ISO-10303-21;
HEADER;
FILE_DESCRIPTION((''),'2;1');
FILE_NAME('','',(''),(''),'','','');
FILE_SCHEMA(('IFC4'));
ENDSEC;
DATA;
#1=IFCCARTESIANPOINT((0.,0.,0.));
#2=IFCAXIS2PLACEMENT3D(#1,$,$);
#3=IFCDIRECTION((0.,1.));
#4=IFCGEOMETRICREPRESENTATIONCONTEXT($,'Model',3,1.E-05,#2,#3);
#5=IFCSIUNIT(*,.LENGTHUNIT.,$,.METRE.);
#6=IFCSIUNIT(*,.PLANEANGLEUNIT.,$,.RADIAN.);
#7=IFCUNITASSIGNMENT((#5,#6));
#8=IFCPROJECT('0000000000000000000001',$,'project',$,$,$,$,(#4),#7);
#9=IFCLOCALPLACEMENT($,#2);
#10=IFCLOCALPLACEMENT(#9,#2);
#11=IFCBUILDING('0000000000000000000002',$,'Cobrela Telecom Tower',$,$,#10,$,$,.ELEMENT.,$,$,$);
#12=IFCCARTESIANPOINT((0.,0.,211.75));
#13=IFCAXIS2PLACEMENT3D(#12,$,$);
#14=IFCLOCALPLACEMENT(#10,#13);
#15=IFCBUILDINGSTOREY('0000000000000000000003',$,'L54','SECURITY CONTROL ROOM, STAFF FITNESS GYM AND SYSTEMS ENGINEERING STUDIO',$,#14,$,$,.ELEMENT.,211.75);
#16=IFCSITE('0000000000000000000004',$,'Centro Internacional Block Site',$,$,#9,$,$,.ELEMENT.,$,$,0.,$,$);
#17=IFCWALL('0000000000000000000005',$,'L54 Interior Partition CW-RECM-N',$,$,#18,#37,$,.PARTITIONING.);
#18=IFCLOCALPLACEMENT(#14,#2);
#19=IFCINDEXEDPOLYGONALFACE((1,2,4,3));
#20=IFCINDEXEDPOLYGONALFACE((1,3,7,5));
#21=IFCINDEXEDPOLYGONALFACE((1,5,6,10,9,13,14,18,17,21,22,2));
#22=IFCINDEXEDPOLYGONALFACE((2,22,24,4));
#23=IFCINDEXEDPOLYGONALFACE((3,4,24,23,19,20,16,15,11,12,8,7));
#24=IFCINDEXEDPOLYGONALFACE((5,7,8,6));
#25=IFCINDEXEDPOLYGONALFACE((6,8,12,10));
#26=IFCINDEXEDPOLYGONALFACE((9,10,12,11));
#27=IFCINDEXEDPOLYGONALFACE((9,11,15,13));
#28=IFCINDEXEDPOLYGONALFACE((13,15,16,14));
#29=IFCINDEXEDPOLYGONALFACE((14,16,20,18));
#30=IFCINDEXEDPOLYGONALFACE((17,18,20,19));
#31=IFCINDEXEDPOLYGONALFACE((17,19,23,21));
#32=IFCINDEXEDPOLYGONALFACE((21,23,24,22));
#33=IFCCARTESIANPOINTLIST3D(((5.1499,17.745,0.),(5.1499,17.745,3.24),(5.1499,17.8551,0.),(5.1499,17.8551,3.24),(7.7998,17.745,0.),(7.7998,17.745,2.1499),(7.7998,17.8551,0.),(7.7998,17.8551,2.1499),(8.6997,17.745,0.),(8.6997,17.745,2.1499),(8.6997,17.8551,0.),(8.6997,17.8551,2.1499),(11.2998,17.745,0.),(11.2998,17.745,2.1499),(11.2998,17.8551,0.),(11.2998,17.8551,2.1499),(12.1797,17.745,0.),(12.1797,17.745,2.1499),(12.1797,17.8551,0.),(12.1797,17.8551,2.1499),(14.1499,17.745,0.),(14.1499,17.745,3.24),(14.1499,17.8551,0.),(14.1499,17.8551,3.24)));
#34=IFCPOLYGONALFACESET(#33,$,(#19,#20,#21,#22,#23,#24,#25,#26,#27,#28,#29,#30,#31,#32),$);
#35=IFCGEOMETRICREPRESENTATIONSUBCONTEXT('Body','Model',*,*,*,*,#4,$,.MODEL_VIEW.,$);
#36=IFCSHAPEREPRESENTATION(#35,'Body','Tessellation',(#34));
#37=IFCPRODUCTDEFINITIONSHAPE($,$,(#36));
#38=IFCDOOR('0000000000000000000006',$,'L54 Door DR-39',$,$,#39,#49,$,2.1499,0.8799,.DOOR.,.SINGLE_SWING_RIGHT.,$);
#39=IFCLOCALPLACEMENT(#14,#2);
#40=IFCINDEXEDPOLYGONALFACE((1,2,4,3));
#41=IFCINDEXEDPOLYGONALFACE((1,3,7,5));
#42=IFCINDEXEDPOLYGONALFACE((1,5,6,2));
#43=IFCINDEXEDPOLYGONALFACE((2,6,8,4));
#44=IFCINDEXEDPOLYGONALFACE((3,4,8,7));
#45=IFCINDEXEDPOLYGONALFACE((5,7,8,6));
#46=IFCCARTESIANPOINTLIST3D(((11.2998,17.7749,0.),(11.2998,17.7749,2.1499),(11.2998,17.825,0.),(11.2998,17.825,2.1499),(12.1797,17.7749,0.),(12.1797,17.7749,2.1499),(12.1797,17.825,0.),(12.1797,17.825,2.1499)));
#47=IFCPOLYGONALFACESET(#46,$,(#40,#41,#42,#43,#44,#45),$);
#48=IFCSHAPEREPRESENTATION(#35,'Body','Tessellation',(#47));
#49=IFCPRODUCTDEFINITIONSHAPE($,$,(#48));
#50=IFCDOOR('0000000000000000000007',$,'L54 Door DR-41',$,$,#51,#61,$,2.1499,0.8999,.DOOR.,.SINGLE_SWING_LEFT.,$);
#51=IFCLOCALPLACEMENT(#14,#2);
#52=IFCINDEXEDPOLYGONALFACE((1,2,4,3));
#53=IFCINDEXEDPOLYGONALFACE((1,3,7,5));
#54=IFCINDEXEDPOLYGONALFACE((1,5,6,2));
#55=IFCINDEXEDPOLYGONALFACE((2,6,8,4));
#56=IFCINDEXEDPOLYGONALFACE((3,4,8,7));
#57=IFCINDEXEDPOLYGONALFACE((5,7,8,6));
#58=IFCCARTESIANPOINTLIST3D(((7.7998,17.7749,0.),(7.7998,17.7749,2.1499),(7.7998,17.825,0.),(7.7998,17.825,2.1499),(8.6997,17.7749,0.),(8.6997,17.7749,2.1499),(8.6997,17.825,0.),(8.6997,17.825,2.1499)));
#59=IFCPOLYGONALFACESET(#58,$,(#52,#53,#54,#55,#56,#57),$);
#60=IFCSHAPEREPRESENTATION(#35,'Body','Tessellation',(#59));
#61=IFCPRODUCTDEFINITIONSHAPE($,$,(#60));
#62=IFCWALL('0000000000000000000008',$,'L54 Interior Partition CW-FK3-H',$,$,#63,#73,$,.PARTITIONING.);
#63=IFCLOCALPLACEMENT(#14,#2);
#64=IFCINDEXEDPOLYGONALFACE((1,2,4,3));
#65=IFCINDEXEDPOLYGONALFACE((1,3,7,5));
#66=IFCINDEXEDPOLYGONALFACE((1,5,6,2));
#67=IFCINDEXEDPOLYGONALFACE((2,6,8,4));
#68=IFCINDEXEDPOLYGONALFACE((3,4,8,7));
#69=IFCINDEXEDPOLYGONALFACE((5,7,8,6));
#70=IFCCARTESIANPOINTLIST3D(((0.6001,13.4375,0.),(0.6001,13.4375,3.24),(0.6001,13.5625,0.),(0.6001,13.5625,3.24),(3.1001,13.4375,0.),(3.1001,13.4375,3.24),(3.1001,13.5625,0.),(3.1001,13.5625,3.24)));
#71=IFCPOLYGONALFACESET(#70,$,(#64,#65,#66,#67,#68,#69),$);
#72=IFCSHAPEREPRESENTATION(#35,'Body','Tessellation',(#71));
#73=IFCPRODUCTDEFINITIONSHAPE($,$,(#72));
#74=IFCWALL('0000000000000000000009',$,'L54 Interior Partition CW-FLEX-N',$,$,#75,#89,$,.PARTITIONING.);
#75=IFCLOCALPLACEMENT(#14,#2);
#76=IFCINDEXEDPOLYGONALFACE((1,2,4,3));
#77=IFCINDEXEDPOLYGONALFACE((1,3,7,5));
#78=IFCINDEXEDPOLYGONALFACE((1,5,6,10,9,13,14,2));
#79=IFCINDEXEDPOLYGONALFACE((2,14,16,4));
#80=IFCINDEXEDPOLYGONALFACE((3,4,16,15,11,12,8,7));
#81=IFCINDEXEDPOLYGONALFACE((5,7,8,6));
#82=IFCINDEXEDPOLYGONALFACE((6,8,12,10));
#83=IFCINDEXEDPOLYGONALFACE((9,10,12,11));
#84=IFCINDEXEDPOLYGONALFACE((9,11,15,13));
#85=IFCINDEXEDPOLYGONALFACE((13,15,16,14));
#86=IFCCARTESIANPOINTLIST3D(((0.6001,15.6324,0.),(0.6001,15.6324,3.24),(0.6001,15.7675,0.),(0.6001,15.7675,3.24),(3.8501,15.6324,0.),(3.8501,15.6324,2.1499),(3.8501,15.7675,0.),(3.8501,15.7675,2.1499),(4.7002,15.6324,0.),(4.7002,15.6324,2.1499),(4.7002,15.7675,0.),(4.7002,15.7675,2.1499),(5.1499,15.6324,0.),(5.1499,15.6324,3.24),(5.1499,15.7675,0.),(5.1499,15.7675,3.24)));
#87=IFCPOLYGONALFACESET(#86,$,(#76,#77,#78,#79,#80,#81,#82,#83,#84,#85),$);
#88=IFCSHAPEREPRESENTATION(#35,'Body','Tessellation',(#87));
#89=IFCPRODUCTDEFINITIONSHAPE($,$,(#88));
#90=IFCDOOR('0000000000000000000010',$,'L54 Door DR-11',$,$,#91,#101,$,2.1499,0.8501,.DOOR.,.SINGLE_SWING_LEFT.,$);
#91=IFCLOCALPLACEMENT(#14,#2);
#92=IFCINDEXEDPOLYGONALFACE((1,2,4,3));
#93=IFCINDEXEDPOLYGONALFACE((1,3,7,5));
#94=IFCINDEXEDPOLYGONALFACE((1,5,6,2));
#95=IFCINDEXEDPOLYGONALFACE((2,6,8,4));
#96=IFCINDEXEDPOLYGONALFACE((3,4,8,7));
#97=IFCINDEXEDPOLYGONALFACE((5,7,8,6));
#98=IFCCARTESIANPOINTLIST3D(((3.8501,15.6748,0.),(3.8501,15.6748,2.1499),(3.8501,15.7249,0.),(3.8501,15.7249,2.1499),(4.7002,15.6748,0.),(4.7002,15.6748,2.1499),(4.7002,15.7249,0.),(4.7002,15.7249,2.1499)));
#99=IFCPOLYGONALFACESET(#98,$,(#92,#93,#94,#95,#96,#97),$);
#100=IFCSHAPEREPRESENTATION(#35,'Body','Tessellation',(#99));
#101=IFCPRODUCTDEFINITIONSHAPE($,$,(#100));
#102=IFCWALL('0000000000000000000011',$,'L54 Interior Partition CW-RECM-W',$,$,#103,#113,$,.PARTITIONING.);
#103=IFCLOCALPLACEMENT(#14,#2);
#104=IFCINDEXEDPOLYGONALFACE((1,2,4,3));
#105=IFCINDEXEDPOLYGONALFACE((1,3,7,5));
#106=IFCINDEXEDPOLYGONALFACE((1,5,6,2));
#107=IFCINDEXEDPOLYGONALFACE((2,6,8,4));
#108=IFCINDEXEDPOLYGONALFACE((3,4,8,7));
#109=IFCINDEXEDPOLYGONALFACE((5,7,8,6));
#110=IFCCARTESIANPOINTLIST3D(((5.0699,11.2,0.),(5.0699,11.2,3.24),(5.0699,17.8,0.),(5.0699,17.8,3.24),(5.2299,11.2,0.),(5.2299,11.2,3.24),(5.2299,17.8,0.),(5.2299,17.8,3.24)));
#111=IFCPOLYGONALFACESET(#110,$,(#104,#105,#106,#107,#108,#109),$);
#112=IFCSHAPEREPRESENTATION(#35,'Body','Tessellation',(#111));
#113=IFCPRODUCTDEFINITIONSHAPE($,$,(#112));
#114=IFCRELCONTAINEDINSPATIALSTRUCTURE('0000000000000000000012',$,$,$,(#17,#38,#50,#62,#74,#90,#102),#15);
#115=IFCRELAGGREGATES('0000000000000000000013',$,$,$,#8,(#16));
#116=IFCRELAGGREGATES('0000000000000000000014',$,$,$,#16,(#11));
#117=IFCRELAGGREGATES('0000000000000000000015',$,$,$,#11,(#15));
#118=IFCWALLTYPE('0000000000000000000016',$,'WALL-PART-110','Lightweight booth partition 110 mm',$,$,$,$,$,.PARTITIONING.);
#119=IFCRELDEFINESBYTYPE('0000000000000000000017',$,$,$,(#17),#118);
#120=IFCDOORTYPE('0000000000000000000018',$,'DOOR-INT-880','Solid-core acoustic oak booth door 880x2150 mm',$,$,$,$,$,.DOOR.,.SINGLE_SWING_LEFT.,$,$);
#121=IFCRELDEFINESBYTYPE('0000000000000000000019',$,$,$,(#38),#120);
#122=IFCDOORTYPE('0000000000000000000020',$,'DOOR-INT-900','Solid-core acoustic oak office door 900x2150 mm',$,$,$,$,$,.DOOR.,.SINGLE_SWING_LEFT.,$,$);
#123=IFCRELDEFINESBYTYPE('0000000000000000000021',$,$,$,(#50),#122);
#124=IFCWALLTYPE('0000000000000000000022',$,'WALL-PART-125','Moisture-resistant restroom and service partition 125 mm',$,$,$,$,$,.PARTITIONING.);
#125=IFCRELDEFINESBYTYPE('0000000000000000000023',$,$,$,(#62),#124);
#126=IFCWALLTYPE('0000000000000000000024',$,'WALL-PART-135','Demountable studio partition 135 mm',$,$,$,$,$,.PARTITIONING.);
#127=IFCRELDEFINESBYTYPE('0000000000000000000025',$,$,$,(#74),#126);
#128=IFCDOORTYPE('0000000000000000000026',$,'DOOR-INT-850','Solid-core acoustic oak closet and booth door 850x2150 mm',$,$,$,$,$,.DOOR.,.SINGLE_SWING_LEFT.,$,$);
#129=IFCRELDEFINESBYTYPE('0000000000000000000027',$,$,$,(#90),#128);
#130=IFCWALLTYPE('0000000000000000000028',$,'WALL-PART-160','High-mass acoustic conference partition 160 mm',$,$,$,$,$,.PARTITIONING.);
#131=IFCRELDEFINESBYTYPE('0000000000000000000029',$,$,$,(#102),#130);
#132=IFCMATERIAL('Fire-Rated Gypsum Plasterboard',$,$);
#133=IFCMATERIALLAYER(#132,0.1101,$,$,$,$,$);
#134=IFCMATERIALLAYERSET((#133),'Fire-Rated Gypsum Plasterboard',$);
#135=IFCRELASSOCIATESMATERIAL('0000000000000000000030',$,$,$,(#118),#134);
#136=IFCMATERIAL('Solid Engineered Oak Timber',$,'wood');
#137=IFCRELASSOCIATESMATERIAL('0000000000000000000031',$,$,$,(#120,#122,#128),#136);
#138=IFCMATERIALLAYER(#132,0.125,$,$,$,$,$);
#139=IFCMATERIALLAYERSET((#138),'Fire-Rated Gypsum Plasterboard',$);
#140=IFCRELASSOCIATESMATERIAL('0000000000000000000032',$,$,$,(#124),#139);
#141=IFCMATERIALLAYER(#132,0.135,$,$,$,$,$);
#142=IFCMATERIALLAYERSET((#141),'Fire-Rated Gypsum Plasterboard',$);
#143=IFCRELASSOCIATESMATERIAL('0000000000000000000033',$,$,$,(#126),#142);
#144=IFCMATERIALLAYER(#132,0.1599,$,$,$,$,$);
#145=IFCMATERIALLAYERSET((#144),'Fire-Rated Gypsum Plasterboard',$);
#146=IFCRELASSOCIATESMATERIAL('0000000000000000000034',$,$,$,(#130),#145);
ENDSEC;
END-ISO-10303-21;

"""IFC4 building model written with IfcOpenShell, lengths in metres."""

from ifc_helpers import new_model, si_unit, direction, frame, frame_2d, origin, place, context, subcontext, project, spatial, rectangle, extrude, material, layer, layer_set, type_object, element, fill, save


model = new_model("IFC4")

# Units and contexts
model_context = context("Model", 3, precision=1e-05, world=origin(), true_north=direction((0.0, 1.0)))
body_context = subcontext(model_context, "Body", "Model", "MODEL_VIEW")
ifc_project = project(units=[si_unit("LENGTHUNIT", "METRE"), si_unit("PLANEANGLEUNIT", "RADIAN")], contexts=[model_context])

# Site, building, storey
site_placement = place(None, origin())
site = spatial("IfcSite", under=ifc_project, at=site_placement, Name="Centro Internacional Block Site", CompositionType="ELEMENT", RefElevation=0.0)
building_placement = place(site_placement, origin())
building = spatial("IfcBuilding", under=site, at=building_placement, Name="Cobrela Telecom Tower", CompositionType="ELEMENT")
storey_placement = place(building_placement, frame((0.0, 0.0, 211.75)))
storey = spatial("IfcBuildingStorey", under=building, at=storey_placement, Name="L54", Description="SECURITY CONTROL ROOM, STAFF FITNESS GYM AND SYSTEMS ENGINEERING STUDIO", CompositionType="ELEMENT", Elevation=211.75)

# Wall, openings, doors
ifc_material_1 = material(Name="Fire-Rated Gypsum Plasterboard")
ifc_layer_1 = layer(ifc_material_1, 0.1101)
ifc_layer_set_1 = layer_set([ifc_layer_1], Name="Fire-Rated Gypsum Plasterboard")
wall_type_1 = type_object("IfcWallType", Name="WALL-PART-110", Description="Lightweight booth partition 110 mm", PredefinedType="PARTITIONING", material=ifc_layer_set_1)
wall_1_placement = place(storey_placement, frame((5.1499, 17.8, 0.0), z_axis=(0.0, 0.0, 1.0), x_axis=(1.0, 0.0, 0.0)))
wall_1 = element("IfcWall", 1, at=wall_1_placement, inside=storey, type_object=wall_type_1, Name="L54 Interior Partition CW-RECM-N", PredefinedType="PARTITIONING", context=body_context, shape_type="SweptSolid", body=[
    extrude(rectangle(XDim=9.0, YDim=0.1101, at=frame_2d((4.5, 0.0))), origin(), (0.0, 0.0, 1.0), 3.24),
])
opening_1_placement = place(wall_1_placement, frame((2.6499, 0.0, 0.0)))
opening_1 = element("IfcOpeningElement", 2, at=opening_1_placement, cuts=wall_1, PredefinedType="OPENING", context=body_context, shape_type="SweptSolid", body=[
    extrude(rectangle(XDim=0.8999, YDim=2.1499, at=frame_2d((0.45, 1.075))), frame((0.0, 0.0669, 0.0), z_axis=(0.0, -1.0, 0.0), x_axis=(1.0, 0.0, 0.0)), (0.0, 0.0, 1.0), 0.134),
])
opening_2_placement = place(wall_1_placement, frame((6.1499, 0.0, 0.0)))
opening_2 = element("IfcOpeningElement", 3, at=opening_2_placement, cuts=wall_1, PredefinedType="OPENING", context=body_context, shape_type="SweptSolid", body=[
    extrude(rectangle(XDim=0.8799, YDim=2.1499, at=frame_2d((0.4399, 1.075))), frame((0.0, 0.0669, 0.0), z_axis=(0.0, -1.0, 0.0), x_axis=(1.0, 0.0, 0.0)), (0.0, 0.0, 1.0), 0.134),
])
ifc_material_2 = material(Name="Solid Engineered Oak Timber", Category="wood")
door_type_1 = type_object("IfcDoorType", Name="DOOR-INT-880", Description="Solid-core acoustic oak booth door 880x2150 mm", OperationType="SINGLE_SWING_LEFT", PredefinedType="DOOR", material=ifc_material_2)
door_1_placement = place(opening_2_placement, origin())
door_1 = element("IfcDoor", 4, at=door_1_placement, inside=storey, type_object=door_type_1, Name="L54 Door DR-39", OperationType="SINGLE_SWING_RIGHT", OverallHeight=2.1499, OverallWidth=0.8799, PredefinedType="DOOR", context=body_context, shape_type="SweptSolid", body=[
    extrude(rectangle(XDim=0.8799, YDim=2.1499, at=frame_2d((0.4399, 1.075))), frame((0.0, 0.0249, 0.0), z_axis=(0.0, -1.0, 0.0), x_axis=(1.0, 0.0, 0.0)), (0.0, 0.0, 1.0), 0.05),
])
fill(opening_2, door_1)
door_type_2 = type_object("IfcDoorType", Name="DOOR-INT-900", Description="Solid-core acoustic oak office door 900x2150 mm", OperationType="SINGLE_SWING_LEFT", PredefinedType="DOOR", material=ifc_material_2)
door_2_placement = place(opening_1_placement, origin())
door_2 = element("IfcDoor", 5, at=door_2_placement, inside=storey, type_object=door_type_2, Name="L54 Door DR-41", OperationType="SINGLE_SWING_LEFT", OverallHeight=2.1499, OverallWidth=0.8999, PredefinedType="DOOR", context=body_context, shape_type="SweptSolid", body=[
    extrude(rectangle(XDim=0.8999, YDim=2.1499, at=frame_2d((0.45, 1.075))), frame((0.0, 0.0249, 0.0), z_axis=(0.0, -1.0, 0.0), x_axis=(1.0, 0.0, 0.0)), (0.0, 0.0, 1.0), 0.05),
])
fill(opening_1, door_2)

# Wall
ifc_layer_2 = layer(ifc_material_1, 0.125)
ifc_layer_set_2 = layer_set([ifc_layer_2], Name="Fire-Rated Gypsum Plasterboard")
wall_type_2 = type_object("IfcWallType", Name="WALL-PART-125", Description="Moisture-resistant restroom and service partition 125 mm", PredefinedType="PARTITIONING", material=ifc_layer_set_2)
wall_2_placement = place(storey_placement, frame((0.6001, 13.5, 0.0), z_axis=(0.0, 0.0, 1.0), x_axis=(1.0, 0.0, 0.0)))
element("IfcWall", 6, at=wall_2_placement, inside=storey, type_object=wall_type_2, Name="L54 Interior Partition CW-FK3-H", PredefinedType="PARTITIONING", context=body_context, shape_type="SweptSolid", body=[
    extrude(rectangle(XDim=2.5, YDim=0.125, at=frame_2d((1.25, 0.0))), origin(), (0.0, 0.0, 1.0), 3.24),
])

# Shared definitions
door_type_3 = type_object("IfcDoorType", Name="DOOR-INT-850", Description="Solid-core acoustic oak closet and booth door 850x2150 mm", OperationType="SINGLE_SWING_LEFT", PredefinedType="DOOR", material=ifc_material_2)

# Wall, opening, door
ifc_layer_3 = layer(ifc_material_1, 0.135)
ifc_layer_set_3 = layer_set([ifc_layer_3], Name="Fire-Rated Gypsum Plasterboard")
wall_type_3 = type_object("IfcWallType", Name="WALL-PART-135", Description="Demountable studio partition 135 mm", PredefinedType="PARTITIONING", material=ifc_layer_set_3)
wall_3_placement = place(storey_placement, frame((0.6001, 15.7, 0.0), z_axis=(0.0, 0.0, 1.0), x_axis=(1.0, 0.0, 0.0)))
wall_3 = element("IfcWall", 7, at=wall_3_placement, inside=storey, type_object=wall_type_3, Name="L54 Interior Partition CW-FLEX-N", PredefinedType="PARTITIONING", context=body_context, shape_type="SweptSolid", body=[
    extrude(rectangle(XDim=4.5498, YDim=0.135, at=frame_2d((2.2749, 0.0))), origin(), (0.0, 0.0, 1.0), 3.24),
])
opening_3_placement = place(wall_3_placement, frame((3.25, 0.0, 0.0)))
opening_3 = element("IfcOpeningElement", 8, at=opening_3_placement, cuts=wall_3, PredefinedType="OPENING", context=body_context, shape_type="SweptSolid", body=[
    extrude(rectangle(XDim=0.8501, YDim=2.1499, at=frame_2d((0.425, 1.075))), frame((0.0, 0.0796, 0.0), z_axis=(0.0, -1.0, 0.0), x_axis=(1.0, 0.0, 0.0)), (0.0, 0.0, 1.0), 0.1589),
])
door_3_placement = place(opening_3_placement, origin())
door_3 = element("IfcDoor", 9, at=door_3_placement, inside=storey, type_object=door_type_3, Name="L54 Door DR-11", OperationType="SINGLE_SWING_LEFT", OverallHeight=2.1499, OverallWidth=0.8501, PredefinedType="DOOR", context=body_context, shape_type="SweptSolid", body=[
    extrude(rectangle(XDim=0.8501, YDim=2.1499, at=frame_2d((0.425, 1.075))), frame((0.0, 0.0249, 0.0), z_axis=(0.0, -1.0, 0.0), x_axis=(1.0, 0.0, 0.0)), (0.0, 0.0, 1.0), 0.05),
])
fill(opening_3, door_3)

# Wall
ifc_layer_4 = layer(ifc_material_1, 0.1599)
ifc_layer_set_4 = layer_set([ifc_layer_4], Name="Fire-Rated Gypsum Plasterboard")
wall_type_4 = type_object("IfcWallType", Name="WALL-PART-160", Description="High-mass acoustic conference partition 160 mm", PredefinedType="PARTITIONING", material=ifc_layer_set_4)
wall_4_placement = place(storey_placement, frame((5.1499, 11.2, 0.0), z_axis=(0.0, 0.0, 1.0), x_axis=(0.0, 1.0, 0.0)))
element("IfcWall", 10, at=wall_4_placement, inside=storey, type_object=wall_type_4, Name="L54 Interior Partition CW-RECM-W", PredefinedType="PARTITIONING", context=body_context, shape_type="SweptSolid", body=[
    extrude(rectangle(XDim=6.6001, YDim=0.1599, at=frame_2d((3.3, 0.0))), origin(), (0.0, 0.0, 1.0), 3.24),
])

save(model, "model.ifc")
